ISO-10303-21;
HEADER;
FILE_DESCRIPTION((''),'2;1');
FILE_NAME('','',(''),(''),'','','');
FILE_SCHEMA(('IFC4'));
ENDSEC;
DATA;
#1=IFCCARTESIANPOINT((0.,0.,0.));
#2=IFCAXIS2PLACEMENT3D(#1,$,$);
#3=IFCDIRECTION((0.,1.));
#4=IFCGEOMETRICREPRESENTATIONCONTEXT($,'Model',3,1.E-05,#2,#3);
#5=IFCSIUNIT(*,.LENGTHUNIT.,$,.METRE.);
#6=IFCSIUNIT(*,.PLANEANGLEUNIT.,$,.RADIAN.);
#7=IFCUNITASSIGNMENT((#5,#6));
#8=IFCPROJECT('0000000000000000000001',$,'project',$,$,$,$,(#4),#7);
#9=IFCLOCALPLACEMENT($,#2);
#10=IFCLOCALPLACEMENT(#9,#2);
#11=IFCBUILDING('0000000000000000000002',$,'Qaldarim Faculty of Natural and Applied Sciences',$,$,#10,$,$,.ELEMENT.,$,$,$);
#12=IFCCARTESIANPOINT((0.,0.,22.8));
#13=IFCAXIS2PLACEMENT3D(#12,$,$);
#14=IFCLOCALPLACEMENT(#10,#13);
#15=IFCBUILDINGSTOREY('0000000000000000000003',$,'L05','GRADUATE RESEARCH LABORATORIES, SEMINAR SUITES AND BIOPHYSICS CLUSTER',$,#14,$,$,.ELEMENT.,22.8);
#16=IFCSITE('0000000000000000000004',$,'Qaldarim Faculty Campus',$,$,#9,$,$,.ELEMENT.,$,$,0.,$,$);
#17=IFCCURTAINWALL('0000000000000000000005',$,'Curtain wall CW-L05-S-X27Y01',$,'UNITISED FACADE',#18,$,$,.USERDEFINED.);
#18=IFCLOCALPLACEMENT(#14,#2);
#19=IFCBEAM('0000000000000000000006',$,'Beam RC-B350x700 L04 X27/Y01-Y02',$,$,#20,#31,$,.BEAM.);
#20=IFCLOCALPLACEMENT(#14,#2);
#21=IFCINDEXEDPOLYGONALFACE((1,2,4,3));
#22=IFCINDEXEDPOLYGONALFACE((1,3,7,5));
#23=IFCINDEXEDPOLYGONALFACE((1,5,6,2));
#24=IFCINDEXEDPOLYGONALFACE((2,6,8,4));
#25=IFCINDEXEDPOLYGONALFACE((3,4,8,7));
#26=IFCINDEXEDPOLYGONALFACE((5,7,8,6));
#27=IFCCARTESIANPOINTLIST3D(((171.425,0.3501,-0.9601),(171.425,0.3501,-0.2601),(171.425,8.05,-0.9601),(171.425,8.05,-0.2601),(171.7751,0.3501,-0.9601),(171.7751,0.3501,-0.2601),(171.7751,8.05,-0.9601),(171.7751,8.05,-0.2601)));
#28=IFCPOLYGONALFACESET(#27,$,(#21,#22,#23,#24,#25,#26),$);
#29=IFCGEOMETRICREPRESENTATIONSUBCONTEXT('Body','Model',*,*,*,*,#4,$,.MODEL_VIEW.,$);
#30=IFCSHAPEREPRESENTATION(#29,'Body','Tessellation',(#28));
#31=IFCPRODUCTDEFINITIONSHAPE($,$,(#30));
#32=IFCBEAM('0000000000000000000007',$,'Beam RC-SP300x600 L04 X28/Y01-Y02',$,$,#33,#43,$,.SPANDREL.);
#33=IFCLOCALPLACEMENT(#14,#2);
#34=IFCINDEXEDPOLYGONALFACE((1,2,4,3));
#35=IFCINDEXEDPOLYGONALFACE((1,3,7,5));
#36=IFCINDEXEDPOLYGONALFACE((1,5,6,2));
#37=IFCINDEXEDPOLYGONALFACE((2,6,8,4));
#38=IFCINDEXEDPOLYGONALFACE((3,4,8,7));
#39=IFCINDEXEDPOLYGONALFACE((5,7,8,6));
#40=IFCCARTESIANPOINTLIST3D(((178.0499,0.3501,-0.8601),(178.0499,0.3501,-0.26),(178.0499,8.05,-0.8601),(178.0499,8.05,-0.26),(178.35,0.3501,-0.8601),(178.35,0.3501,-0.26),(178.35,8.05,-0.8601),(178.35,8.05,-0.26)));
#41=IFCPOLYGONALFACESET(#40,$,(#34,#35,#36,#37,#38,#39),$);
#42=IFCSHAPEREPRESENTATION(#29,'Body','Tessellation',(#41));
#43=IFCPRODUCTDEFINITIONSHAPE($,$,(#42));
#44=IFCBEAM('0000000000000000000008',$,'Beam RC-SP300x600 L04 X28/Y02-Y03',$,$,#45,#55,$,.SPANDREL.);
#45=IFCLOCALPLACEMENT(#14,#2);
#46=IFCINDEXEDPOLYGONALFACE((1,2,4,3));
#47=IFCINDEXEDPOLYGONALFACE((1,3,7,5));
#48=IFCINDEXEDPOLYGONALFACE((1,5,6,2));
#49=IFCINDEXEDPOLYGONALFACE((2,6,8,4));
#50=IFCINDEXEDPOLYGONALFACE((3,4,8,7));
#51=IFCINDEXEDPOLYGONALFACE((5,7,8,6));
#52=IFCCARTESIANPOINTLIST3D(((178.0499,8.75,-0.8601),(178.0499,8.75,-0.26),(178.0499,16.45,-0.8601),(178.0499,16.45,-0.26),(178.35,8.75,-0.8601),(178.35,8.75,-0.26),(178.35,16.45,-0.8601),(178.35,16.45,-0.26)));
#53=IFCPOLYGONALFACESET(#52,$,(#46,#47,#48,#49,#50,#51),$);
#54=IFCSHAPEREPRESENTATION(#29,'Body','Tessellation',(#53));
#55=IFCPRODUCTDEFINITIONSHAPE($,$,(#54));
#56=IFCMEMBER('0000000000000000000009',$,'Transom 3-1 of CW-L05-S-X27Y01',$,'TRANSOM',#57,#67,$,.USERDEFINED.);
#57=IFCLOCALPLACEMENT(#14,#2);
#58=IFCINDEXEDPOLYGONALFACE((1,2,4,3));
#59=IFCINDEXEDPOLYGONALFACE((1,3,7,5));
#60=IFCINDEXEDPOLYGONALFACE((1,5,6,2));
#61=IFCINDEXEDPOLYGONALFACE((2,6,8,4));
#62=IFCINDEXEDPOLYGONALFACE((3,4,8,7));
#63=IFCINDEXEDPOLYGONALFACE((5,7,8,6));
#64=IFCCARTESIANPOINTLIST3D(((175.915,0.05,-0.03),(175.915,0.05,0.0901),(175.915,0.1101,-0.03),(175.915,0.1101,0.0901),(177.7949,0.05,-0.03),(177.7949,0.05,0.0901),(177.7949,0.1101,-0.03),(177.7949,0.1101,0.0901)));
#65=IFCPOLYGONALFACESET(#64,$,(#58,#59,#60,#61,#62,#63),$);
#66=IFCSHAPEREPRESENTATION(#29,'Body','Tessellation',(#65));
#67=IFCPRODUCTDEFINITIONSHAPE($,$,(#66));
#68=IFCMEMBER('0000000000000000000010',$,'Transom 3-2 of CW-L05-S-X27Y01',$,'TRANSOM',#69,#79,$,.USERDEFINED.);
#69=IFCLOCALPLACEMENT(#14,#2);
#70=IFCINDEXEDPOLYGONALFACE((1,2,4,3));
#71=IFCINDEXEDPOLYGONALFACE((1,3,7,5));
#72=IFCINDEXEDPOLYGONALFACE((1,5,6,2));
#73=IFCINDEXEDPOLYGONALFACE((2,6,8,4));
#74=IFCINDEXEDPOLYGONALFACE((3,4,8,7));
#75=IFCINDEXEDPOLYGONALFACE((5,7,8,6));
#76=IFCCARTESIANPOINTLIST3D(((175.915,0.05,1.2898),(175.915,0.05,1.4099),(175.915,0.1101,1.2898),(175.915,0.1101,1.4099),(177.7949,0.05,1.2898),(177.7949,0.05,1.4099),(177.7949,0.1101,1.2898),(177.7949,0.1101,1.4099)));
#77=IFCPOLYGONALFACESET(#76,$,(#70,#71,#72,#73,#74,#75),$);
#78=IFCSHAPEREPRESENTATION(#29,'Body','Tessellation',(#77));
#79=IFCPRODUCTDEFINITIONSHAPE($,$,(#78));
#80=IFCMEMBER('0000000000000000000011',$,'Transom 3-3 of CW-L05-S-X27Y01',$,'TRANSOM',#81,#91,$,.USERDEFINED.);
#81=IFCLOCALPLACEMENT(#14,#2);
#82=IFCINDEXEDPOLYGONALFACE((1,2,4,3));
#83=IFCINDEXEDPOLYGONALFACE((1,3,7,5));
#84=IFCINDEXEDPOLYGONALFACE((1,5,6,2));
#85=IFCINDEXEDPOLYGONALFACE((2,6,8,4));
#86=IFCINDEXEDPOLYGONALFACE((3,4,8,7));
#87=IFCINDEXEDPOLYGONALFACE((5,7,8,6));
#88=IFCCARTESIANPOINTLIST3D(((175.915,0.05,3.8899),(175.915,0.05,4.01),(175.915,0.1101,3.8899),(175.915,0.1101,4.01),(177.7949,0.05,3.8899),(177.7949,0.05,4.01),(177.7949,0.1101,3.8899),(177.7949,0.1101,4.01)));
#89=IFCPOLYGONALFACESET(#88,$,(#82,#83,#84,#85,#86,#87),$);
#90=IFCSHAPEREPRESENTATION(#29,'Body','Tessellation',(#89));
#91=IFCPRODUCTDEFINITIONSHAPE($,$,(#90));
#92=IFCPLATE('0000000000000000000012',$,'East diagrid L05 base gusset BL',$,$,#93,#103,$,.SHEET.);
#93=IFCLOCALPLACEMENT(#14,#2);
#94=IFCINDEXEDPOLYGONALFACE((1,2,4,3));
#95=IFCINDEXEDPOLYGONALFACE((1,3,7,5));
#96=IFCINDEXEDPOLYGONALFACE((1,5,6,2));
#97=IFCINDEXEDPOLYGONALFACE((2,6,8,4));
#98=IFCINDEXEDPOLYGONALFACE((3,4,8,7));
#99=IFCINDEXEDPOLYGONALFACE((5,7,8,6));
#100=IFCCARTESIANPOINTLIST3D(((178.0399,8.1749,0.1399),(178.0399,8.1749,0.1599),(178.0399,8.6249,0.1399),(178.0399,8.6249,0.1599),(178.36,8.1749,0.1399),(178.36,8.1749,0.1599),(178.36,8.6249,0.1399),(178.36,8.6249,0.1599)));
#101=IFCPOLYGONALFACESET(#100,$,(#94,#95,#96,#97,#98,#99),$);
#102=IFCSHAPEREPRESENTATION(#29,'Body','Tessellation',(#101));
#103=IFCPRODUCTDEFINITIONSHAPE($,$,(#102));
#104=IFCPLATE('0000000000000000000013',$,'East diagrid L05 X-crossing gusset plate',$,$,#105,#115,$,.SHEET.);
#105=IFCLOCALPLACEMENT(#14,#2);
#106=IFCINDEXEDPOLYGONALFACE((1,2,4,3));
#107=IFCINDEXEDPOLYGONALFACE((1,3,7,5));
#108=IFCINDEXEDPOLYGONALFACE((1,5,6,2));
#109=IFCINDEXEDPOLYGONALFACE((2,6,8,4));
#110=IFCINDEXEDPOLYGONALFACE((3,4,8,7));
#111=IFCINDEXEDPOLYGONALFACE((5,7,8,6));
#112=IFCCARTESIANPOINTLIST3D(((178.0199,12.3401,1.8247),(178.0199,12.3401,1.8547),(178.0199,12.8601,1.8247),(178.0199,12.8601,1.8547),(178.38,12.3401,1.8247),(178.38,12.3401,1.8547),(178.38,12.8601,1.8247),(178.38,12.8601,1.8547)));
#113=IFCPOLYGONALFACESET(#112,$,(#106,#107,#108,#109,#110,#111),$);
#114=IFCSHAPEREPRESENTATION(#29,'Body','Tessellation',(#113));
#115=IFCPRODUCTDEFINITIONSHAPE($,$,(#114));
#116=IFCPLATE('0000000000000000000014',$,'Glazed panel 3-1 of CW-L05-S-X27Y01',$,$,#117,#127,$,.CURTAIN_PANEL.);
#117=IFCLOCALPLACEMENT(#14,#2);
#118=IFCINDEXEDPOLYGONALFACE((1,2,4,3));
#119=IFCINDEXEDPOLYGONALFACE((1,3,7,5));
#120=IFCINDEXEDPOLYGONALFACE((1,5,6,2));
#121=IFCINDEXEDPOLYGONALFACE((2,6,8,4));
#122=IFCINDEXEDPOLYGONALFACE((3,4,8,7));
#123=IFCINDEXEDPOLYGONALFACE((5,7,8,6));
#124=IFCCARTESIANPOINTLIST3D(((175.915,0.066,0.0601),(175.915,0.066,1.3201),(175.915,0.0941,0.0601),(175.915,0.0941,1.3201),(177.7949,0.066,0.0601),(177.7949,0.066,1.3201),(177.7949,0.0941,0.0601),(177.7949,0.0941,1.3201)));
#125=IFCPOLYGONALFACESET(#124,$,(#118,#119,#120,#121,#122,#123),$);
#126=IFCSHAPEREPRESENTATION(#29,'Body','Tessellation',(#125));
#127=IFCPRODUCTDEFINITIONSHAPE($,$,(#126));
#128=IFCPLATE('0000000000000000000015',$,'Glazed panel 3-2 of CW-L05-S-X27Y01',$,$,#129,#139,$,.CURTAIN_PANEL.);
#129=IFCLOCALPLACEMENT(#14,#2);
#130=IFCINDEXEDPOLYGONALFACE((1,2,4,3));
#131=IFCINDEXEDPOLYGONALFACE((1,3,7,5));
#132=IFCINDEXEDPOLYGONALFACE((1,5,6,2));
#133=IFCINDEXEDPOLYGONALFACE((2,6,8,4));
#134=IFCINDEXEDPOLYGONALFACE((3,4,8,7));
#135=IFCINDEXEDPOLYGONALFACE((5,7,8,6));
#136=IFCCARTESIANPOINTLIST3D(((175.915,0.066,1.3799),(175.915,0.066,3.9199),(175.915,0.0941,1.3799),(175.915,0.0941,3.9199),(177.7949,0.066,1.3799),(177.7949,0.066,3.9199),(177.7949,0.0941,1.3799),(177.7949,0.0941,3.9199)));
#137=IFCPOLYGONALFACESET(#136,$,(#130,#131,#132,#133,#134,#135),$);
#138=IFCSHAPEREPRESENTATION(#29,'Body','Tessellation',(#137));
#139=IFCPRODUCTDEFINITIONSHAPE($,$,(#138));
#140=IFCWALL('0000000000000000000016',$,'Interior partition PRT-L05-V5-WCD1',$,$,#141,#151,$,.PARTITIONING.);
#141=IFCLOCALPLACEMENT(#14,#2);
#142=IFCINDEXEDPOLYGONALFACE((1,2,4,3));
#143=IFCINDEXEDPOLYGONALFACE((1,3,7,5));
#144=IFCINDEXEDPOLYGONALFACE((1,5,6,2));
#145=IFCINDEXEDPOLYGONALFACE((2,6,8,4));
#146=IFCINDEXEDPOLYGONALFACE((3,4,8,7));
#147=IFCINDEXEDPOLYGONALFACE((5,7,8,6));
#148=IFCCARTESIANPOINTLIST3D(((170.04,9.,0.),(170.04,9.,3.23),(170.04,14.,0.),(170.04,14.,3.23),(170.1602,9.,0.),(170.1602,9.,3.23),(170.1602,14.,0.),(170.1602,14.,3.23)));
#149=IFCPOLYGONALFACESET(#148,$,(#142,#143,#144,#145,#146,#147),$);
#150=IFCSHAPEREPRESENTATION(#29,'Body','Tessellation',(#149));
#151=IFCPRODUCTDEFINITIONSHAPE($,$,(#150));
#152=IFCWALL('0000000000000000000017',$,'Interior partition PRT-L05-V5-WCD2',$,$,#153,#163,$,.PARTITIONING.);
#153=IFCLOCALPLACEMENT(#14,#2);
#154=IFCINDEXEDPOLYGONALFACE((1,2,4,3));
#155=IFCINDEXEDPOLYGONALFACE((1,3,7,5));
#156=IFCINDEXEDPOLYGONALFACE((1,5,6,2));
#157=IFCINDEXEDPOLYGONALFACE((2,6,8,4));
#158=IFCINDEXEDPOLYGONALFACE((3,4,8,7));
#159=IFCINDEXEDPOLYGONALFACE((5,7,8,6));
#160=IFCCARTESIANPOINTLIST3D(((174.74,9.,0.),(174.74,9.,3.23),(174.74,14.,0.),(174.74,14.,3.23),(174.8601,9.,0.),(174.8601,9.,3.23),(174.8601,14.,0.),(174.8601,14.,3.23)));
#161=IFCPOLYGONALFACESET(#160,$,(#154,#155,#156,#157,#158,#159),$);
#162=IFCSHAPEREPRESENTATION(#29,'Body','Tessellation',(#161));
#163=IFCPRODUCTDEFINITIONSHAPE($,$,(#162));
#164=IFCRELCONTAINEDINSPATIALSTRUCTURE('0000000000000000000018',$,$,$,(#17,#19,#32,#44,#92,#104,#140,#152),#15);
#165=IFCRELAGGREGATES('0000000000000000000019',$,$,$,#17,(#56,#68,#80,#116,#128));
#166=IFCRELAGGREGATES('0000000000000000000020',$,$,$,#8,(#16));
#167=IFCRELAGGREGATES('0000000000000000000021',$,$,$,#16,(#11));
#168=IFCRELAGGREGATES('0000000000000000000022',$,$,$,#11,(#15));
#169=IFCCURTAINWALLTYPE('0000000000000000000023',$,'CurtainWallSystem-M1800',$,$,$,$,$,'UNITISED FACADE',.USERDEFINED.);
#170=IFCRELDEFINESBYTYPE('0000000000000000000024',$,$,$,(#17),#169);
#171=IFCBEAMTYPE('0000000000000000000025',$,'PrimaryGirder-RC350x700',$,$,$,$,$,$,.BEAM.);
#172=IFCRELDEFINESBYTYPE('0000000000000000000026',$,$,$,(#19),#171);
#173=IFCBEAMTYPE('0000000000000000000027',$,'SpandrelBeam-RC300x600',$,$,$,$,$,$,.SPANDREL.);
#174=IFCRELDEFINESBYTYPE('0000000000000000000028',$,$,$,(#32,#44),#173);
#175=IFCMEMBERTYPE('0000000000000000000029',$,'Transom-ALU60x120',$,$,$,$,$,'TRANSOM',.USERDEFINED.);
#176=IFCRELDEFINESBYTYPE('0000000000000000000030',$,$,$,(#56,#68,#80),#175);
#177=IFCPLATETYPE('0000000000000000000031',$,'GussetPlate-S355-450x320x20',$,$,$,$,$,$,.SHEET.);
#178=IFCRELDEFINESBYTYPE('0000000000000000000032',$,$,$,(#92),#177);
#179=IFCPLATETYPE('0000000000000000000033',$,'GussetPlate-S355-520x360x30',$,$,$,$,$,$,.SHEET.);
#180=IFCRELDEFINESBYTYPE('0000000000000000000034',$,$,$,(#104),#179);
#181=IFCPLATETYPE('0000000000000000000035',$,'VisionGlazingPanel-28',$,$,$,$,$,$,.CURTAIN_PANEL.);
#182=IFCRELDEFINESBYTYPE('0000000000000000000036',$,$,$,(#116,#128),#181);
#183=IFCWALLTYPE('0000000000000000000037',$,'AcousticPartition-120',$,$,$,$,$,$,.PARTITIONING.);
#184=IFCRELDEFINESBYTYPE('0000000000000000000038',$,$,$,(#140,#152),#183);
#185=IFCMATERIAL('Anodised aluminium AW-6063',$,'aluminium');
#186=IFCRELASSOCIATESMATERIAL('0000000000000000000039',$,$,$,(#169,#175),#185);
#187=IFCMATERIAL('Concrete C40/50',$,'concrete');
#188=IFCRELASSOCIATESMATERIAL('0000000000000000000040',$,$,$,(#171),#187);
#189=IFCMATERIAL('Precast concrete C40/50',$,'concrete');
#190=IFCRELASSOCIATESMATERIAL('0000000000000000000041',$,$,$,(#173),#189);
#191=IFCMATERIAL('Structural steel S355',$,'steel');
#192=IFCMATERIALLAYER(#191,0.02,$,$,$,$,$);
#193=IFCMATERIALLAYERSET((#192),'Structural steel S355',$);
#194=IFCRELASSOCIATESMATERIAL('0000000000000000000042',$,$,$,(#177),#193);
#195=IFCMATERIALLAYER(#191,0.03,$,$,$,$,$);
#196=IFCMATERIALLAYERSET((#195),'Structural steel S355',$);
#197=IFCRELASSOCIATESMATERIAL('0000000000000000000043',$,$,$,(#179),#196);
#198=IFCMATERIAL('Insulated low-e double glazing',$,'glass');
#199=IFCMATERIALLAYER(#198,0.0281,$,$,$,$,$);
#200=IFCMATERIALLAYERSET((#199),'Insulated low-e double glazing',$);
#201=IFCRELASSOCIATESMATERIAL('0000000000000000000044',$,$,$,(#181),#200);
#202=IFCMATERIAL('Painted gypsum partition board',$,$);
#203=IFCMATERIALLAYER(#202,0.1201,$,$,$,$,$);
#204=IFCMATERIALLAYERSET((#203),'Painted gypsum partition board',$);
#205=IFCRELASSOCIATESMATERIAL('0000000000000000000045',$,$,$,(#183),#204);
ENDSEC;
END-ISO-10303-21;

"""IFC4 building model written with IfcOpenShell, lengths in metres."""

from ifc_helpers import new_model, si_unit, direction, frame, frame_2d, origin, origin_2d, place, context, subcontext, project, spatial, rectangle, extrude, material, layer, layer_set, material_profile, profile_set, type_object, element, aggregate, save


model = new_model("IFC4")

# Units and contexts
model_context = context("Model", 3, precision=1e-05, world=origin(), true_north=direction((0.0, 1.0)))
body_context = subcontext(model_context, "Body", "Model", "MODEL_VIEW")
ifc_project = project(units=[si_unit("LENGTHUNIT", "METRE"), si_unit("PLANEANGLEUNIT", "RADIAN")], contexts=[model_context])

# Site, building, storey
site_placement = place(None, origin())
site = spatial("IfcSite", under=ifc_project, at=site_placement, Name="Qaldarim Faculty Campus", CompositionType="ELEMENT", RefElevation=0.0)
building_placement = place(site_placement, origin())
building = spatial("IfcBuilding", under=site, at=building_placement, Name="Qaldarim Faculty of Natural and Applied Sciences", CompositionType="ELEMENT")
storey_placement = place(building_placement, frame((0.0, 0.0, 22.8)))
storey = spatial("IfcBuildingStorey", under=building, at=storey_placement, Name="L05", Description="GRADUATE RESEARCH LABORATORIES, SEMINAR SUITES AND BIOPHYSICS CLUSTER", CompositionType="ELEMENT", Elevation=22.8)

# Shared definitions
ifc_material_1 = material(Name="Concrete C40/50", Category="concrete")

# Shared definitions
ifc_material_2 = material(Name="Structural steel S355", Category="steel")

# Curtain wall
ifc_material_3 = material(Name="Anodised aluminium AW-6063", Category="aluminium")
curtain_wall_type = type_object("IfcCurtainWallType", Name="CurtainWallSystem-M1800", ElementType="UNITISED FACADE", PredefinedType="USERDEFINED", material=ifc_material_3)
curtain_wall_placement = place(storey_placement, origin())
curtain_wall = element("IfcCurtainWall", 1, at=curtain_wall_placement, inside=storey, type_object=curtain_wall_type, Name="Curtain wall CW-L05-S-X27Y01", ObjectType="UNITISED FACADE", PredefinedType="USERDEFINED")

# Beams
ifc_material_profile_1 = material_profile(ifc_material_1, rectangle(XDim=0.3501, YDim=0.7, at=origin_2d()), Name="RC-B350x700")
ifc_profile_set_1 = profile_set([ifc_material_profile_1], Name="Concrete C40/50")
beam_type_1 = type_object("IfcBeamType", Name="PrimaryGirder-RC350x700", PredefinedType="BEAM", material=ifc_profile_set_1)
beam_1_placement = place(storey_placement, frame((171.6001, 0.3501, -0.6101), z_axis=(0.0, 1.0, 0.0), x_axis=(-1.0, 0.0, 0.0)))
element("IfcBeam", 2, at=beam_1_placement, inside=storey, type_object=beam_type_1, Name="Beam RC-B350x700 L04 X27/Y01-Y02", PredefinedType="BEAM", context=body_context, shape_type="SweptSolid", body=[
    extrude(rectangle(XDim=0.3501, YDim=0.7, at=origin_2d()), origin(), (0.0, 0.0, 1.0), 7.7),
])
ifc_material_4 = material(Name="Precast concrete C40/50", Category="concrete")
ifc_material_profile_2 = material_profile(ifc_material_4, rectangle(XDim=0.3, YDim=0.6001, at=origin_2d()), Name="RC-SP300x600")
ifc_profile_set_2 = profile_set([ifc_material_profile_2], Name="Precast concrete C40/50")
beam_type_2 = type_object("IfcBeamType", Name="SpandrelBeam-RC300x600", PredefinedType="SPANDREL", material=ifc_profile_set_2)
for number, where, z_axis, x_axis, name in (
    (3, (178.2, 0.3501, -0.5601), (0.0, 1.0, 0.0), (-1.0, 0.0, 0.0), "Beam RC-SP300x600 L04 X28/Y01-Y02"),
    (4, (178.2, 8.75, -0.5601), (0.0, 1.0, 0.0), (-1.0, 0.0, 0.0), "Beam RC-SP300x600 L04 X28/Y02-Y03"),
):
    element("IfcBeam", number, at=place(storey_placement, frame(where, z_axis=z_axis, x_axis=x_axis)), inside=storey, type_object=beam_type_2, Name=name, PredefinedType="SPANDREL", context=body_context, shape_type="SweptSolid", body=[
        extrude(rectangle(XDim=0.3, YDim=0.6001, at=origin_2d()), origin(), (0.0, 0.0, 1.0), 7.7),
    ])

# Members
ifc_material_profile_3 = material_profile(ifc_material_3, rectangle(XDim=0.0601, YDim=0.1201, at=origin_2d()), Name="ALU-T60x120")
ifc_profile_set_3 = profile_set([ifc_material_profile_3], Name="Anodised aluminium AW-6063")
member_type_1 = type_object("IfcMemberType", Name="Transom-ALU60x120", ElementType="TRANSOM", PredefinedType="USERDEFINED", material=ifc_profile_set_3)
member_1_placement = place(storey_placement, frame((175.915, 0.0801, 0.03), z_axis=(1.0, 0.0, 0.0), x_axis=(0.0, 1.0, 0.0)))
member_1 = element("IfcMember", 5, at=member_1_placement, type_object=member_type_1, Name="Transom 3-1 of CW-L05-S-X27Y01", ObjectType="TRANSOM", PredefinedType="USERDEFINED", context=body_context, shape_type="SweptSolid", body=[
    extrude(rectangle(XDim=0.0601, YDim=0.1201, at=origin_2d()), origin(), (0.0, 0.0, 1.0), 1.8799),
])
member_2_placement = place(storey_placement, frame((175.915, 0.0801, 1.3499), z_axis=(1.0, 0.0, 0.0), x_axis=(0.0, 1.0, 0.0)))
member_2 = element("IfcMember", 6, at=member_2_placement, type_object=member_type_1, Name="Transom 3-2 of CW-L05-S-X27Y01", ObjectType="TRANSOM", PredefinedType="USERDEFINED", context=body_context, shape_type="SweptSolid", body=[
    extrude(rectangle(XDim=0.0601, YDim=0.1201, at=origin_2d()), origin(), (0.0, 0.0, 1.0), 1.8799),
])
member_3_placement = place(storey_placement, frame((175.915, 0.0801, 3.95), z_axis=(1.0, 0.0, 0.0), x_axis=(0.0, 1.0, 0.0)))
member_3 = element("IfcMember", 7, at=member_3_placement, type_object=member_type_1, Name="Transom 3-3 of CW-L05-S-X27Y01", ObjectType="TRANSOM", PredefinedType="USERDEFINED", context=body_context, shape_type="SweptSolid", body=[
    extrude(rectangle(XDim=0.0601, YDim=0.1201, at=origin_2d()), origin(), (0.0, 0.0, 1.0), 1.8799),
])

# Plates
ifc_layer_1 = layer(ifc_material_2, 0.02)
ifc_layer_set_1 = layer_set([ifc_layer_1], Name="Structural steel S355")
plate_type_1 = type_object("IfcPlateType", Name="GussetPlate-S355-450x320x20", PredefinedType="SHEET", material=ifc_layer_set_1)
plate_1_placement = place(storey_placement, frame((178.2, 8.3999, 0.1399), z_axis=(0.0, 0.0, 1.0), x_axis=(0.0, 1.0, 0.0)))
element("IfcPlate", 8, at=plate_1_placement, inside=storey, type_object=plate_type_1, Name="East diagrid L05 base gusset BL", PredefinedType="SHEET", context=body_context, shape_type="SweptSolid", body=[
    extrude(rectangle(XDim=0.45, YDim=0.3201, at=origin_2d()), origin(), (0.0, 0.0, 1.0), 0.02),
])
ifc_layer_2 = layer(ifc_material_2, 0.03)
ifc_layer_set_2 = layer_set([ifc_layer_2], Name="Structural steel S355")
plate_type_2 = type_object("IfcPlateType", Name="GussetPlate-S355-520x360x30", PredefinedType="SHEET", material=ifc_layer_set_2)
plate_2_placement = place(storey_placement, frame((178.2, 12.6001, 1.8247), z_axis=(0.0, 0.0, 1.0), x_axis=(0.0, 1.0, 0.0)))
element("IfcPlate", 9, at=plate_2_placement, inside=storey, type_object=plate_type_2, Name="East diagrid L05 X-crossing gusset plate", PredefinedType="SHEET", context=body_context, shape_type="SweptSolid", body=[
    extrude(rectangle(XDim=0.52, YDim=0.3601, at=origin_2d()), origin(), (0.0, 0.0, 1.0), 0.03),
])

# Plates
ifc_material_5 = material(Name="Insulated low-e double glazing", Category="glass")
ifc_layer_3 = layer(ifc_material_5, 0.0281)
ifc_layer_set_3 = layer_set([ifc_layer_3], Name="Insulated low-e double glazing")
plate_type_3 = type_object("IfcPlateType", Name="VisionGlazingPanel-28", PredefinedType="CURTAIN_PANEL", material=ifc_layer_set_3)
plate_3_placement = place(storey_placement, frame((176.855, 0.0801, 0.0601), z_axis=(0.0, 0.0, 1.0), x_axis=(1.0, 0.0, 0.0)))
plate_3 = element("IfcPlate", 10, at=plate_3_placement, type_object=plate_type_3, Name="Glazed panel 3-1 of CW-L05-S-X27Y01", PredefinedType="CURTAIN_PANEL", context=body_context, shape_type="SweptSolid", body=[
    extrude(rectangle(XDim=1.8799, YDim=0.0281, at=origin_2d()), origin(), (0.0, 0.0, 1.0), 1.26),
])
plate_4_placement = place(storey_placement, frame((176.855, 0.0801, 1.3799), z_axis=(0.0, 0.0, 1.0), x_axis=(1.0, 0.0, 0.0)))
plate_4 = element("IfcPlate", 11, at=plate_4_placement, type_object=plate_type_3, Name="Glazed panel 3-2 of CW-L05-S-X27Y01", PredefinedType="CURTAIN_PANEL", context=body_context, shape_type="SweptSolid", body=[
    extrude(rectangle(XDim=1.8799, YDim=0.0281, at=origin_2d()), origin(), (0.0, 0.0, 1.0), 2.54),
])
aggregate(curtain_wall, [member_1, member_2, member_3, plate_3, plate_4])

# Walls
ifc_material_6 = material(Name="Painted gypsum partition board")
ifc_layer_4 = layer(ifc_material_6, 0.1201)
ifc_layer_set_4 = layer_set([ifc_layer_4], Name="Painted gypsum partition board")
wall_type_1 = type_object("IfcWallType", Name="AcousticPartition-120", PredefinedType="PARTITIONING", material=ifc_layer_set_4)
for number, where, z_axis, x_axis, name in (
    (12, (170.1001, 9.0, 0.0), (0.0, 0.0, 1.0), (0.0, 1.0, 0.0), "Interior partition PRT-L05-V5-WCD1"),
    (13, (174.8, 9.0, 0.0), (0.0, 0.0, 1.0), (0.0, 1.0, 0.0), "Interior partition PRT-L05-V5-WCD2"),
):
    element("IfcWall", number, at=place(storey_placement, frame(where, z_axis=z_axis, x_axis=x_axis)), inside=storey, type_object=wall_type_1, Name=name, PredefinedType="PARTITIONING", context=body_context, shape_type="SweptSolid", body=[
        extrude(rectangle(XDim=5.0, YDim=0.1201, at=frame_2d((2.5, 0.0))), origin(), (0.0, 0.0, 1.0), 3.23),
    ])

save(model, "model.ifc")
